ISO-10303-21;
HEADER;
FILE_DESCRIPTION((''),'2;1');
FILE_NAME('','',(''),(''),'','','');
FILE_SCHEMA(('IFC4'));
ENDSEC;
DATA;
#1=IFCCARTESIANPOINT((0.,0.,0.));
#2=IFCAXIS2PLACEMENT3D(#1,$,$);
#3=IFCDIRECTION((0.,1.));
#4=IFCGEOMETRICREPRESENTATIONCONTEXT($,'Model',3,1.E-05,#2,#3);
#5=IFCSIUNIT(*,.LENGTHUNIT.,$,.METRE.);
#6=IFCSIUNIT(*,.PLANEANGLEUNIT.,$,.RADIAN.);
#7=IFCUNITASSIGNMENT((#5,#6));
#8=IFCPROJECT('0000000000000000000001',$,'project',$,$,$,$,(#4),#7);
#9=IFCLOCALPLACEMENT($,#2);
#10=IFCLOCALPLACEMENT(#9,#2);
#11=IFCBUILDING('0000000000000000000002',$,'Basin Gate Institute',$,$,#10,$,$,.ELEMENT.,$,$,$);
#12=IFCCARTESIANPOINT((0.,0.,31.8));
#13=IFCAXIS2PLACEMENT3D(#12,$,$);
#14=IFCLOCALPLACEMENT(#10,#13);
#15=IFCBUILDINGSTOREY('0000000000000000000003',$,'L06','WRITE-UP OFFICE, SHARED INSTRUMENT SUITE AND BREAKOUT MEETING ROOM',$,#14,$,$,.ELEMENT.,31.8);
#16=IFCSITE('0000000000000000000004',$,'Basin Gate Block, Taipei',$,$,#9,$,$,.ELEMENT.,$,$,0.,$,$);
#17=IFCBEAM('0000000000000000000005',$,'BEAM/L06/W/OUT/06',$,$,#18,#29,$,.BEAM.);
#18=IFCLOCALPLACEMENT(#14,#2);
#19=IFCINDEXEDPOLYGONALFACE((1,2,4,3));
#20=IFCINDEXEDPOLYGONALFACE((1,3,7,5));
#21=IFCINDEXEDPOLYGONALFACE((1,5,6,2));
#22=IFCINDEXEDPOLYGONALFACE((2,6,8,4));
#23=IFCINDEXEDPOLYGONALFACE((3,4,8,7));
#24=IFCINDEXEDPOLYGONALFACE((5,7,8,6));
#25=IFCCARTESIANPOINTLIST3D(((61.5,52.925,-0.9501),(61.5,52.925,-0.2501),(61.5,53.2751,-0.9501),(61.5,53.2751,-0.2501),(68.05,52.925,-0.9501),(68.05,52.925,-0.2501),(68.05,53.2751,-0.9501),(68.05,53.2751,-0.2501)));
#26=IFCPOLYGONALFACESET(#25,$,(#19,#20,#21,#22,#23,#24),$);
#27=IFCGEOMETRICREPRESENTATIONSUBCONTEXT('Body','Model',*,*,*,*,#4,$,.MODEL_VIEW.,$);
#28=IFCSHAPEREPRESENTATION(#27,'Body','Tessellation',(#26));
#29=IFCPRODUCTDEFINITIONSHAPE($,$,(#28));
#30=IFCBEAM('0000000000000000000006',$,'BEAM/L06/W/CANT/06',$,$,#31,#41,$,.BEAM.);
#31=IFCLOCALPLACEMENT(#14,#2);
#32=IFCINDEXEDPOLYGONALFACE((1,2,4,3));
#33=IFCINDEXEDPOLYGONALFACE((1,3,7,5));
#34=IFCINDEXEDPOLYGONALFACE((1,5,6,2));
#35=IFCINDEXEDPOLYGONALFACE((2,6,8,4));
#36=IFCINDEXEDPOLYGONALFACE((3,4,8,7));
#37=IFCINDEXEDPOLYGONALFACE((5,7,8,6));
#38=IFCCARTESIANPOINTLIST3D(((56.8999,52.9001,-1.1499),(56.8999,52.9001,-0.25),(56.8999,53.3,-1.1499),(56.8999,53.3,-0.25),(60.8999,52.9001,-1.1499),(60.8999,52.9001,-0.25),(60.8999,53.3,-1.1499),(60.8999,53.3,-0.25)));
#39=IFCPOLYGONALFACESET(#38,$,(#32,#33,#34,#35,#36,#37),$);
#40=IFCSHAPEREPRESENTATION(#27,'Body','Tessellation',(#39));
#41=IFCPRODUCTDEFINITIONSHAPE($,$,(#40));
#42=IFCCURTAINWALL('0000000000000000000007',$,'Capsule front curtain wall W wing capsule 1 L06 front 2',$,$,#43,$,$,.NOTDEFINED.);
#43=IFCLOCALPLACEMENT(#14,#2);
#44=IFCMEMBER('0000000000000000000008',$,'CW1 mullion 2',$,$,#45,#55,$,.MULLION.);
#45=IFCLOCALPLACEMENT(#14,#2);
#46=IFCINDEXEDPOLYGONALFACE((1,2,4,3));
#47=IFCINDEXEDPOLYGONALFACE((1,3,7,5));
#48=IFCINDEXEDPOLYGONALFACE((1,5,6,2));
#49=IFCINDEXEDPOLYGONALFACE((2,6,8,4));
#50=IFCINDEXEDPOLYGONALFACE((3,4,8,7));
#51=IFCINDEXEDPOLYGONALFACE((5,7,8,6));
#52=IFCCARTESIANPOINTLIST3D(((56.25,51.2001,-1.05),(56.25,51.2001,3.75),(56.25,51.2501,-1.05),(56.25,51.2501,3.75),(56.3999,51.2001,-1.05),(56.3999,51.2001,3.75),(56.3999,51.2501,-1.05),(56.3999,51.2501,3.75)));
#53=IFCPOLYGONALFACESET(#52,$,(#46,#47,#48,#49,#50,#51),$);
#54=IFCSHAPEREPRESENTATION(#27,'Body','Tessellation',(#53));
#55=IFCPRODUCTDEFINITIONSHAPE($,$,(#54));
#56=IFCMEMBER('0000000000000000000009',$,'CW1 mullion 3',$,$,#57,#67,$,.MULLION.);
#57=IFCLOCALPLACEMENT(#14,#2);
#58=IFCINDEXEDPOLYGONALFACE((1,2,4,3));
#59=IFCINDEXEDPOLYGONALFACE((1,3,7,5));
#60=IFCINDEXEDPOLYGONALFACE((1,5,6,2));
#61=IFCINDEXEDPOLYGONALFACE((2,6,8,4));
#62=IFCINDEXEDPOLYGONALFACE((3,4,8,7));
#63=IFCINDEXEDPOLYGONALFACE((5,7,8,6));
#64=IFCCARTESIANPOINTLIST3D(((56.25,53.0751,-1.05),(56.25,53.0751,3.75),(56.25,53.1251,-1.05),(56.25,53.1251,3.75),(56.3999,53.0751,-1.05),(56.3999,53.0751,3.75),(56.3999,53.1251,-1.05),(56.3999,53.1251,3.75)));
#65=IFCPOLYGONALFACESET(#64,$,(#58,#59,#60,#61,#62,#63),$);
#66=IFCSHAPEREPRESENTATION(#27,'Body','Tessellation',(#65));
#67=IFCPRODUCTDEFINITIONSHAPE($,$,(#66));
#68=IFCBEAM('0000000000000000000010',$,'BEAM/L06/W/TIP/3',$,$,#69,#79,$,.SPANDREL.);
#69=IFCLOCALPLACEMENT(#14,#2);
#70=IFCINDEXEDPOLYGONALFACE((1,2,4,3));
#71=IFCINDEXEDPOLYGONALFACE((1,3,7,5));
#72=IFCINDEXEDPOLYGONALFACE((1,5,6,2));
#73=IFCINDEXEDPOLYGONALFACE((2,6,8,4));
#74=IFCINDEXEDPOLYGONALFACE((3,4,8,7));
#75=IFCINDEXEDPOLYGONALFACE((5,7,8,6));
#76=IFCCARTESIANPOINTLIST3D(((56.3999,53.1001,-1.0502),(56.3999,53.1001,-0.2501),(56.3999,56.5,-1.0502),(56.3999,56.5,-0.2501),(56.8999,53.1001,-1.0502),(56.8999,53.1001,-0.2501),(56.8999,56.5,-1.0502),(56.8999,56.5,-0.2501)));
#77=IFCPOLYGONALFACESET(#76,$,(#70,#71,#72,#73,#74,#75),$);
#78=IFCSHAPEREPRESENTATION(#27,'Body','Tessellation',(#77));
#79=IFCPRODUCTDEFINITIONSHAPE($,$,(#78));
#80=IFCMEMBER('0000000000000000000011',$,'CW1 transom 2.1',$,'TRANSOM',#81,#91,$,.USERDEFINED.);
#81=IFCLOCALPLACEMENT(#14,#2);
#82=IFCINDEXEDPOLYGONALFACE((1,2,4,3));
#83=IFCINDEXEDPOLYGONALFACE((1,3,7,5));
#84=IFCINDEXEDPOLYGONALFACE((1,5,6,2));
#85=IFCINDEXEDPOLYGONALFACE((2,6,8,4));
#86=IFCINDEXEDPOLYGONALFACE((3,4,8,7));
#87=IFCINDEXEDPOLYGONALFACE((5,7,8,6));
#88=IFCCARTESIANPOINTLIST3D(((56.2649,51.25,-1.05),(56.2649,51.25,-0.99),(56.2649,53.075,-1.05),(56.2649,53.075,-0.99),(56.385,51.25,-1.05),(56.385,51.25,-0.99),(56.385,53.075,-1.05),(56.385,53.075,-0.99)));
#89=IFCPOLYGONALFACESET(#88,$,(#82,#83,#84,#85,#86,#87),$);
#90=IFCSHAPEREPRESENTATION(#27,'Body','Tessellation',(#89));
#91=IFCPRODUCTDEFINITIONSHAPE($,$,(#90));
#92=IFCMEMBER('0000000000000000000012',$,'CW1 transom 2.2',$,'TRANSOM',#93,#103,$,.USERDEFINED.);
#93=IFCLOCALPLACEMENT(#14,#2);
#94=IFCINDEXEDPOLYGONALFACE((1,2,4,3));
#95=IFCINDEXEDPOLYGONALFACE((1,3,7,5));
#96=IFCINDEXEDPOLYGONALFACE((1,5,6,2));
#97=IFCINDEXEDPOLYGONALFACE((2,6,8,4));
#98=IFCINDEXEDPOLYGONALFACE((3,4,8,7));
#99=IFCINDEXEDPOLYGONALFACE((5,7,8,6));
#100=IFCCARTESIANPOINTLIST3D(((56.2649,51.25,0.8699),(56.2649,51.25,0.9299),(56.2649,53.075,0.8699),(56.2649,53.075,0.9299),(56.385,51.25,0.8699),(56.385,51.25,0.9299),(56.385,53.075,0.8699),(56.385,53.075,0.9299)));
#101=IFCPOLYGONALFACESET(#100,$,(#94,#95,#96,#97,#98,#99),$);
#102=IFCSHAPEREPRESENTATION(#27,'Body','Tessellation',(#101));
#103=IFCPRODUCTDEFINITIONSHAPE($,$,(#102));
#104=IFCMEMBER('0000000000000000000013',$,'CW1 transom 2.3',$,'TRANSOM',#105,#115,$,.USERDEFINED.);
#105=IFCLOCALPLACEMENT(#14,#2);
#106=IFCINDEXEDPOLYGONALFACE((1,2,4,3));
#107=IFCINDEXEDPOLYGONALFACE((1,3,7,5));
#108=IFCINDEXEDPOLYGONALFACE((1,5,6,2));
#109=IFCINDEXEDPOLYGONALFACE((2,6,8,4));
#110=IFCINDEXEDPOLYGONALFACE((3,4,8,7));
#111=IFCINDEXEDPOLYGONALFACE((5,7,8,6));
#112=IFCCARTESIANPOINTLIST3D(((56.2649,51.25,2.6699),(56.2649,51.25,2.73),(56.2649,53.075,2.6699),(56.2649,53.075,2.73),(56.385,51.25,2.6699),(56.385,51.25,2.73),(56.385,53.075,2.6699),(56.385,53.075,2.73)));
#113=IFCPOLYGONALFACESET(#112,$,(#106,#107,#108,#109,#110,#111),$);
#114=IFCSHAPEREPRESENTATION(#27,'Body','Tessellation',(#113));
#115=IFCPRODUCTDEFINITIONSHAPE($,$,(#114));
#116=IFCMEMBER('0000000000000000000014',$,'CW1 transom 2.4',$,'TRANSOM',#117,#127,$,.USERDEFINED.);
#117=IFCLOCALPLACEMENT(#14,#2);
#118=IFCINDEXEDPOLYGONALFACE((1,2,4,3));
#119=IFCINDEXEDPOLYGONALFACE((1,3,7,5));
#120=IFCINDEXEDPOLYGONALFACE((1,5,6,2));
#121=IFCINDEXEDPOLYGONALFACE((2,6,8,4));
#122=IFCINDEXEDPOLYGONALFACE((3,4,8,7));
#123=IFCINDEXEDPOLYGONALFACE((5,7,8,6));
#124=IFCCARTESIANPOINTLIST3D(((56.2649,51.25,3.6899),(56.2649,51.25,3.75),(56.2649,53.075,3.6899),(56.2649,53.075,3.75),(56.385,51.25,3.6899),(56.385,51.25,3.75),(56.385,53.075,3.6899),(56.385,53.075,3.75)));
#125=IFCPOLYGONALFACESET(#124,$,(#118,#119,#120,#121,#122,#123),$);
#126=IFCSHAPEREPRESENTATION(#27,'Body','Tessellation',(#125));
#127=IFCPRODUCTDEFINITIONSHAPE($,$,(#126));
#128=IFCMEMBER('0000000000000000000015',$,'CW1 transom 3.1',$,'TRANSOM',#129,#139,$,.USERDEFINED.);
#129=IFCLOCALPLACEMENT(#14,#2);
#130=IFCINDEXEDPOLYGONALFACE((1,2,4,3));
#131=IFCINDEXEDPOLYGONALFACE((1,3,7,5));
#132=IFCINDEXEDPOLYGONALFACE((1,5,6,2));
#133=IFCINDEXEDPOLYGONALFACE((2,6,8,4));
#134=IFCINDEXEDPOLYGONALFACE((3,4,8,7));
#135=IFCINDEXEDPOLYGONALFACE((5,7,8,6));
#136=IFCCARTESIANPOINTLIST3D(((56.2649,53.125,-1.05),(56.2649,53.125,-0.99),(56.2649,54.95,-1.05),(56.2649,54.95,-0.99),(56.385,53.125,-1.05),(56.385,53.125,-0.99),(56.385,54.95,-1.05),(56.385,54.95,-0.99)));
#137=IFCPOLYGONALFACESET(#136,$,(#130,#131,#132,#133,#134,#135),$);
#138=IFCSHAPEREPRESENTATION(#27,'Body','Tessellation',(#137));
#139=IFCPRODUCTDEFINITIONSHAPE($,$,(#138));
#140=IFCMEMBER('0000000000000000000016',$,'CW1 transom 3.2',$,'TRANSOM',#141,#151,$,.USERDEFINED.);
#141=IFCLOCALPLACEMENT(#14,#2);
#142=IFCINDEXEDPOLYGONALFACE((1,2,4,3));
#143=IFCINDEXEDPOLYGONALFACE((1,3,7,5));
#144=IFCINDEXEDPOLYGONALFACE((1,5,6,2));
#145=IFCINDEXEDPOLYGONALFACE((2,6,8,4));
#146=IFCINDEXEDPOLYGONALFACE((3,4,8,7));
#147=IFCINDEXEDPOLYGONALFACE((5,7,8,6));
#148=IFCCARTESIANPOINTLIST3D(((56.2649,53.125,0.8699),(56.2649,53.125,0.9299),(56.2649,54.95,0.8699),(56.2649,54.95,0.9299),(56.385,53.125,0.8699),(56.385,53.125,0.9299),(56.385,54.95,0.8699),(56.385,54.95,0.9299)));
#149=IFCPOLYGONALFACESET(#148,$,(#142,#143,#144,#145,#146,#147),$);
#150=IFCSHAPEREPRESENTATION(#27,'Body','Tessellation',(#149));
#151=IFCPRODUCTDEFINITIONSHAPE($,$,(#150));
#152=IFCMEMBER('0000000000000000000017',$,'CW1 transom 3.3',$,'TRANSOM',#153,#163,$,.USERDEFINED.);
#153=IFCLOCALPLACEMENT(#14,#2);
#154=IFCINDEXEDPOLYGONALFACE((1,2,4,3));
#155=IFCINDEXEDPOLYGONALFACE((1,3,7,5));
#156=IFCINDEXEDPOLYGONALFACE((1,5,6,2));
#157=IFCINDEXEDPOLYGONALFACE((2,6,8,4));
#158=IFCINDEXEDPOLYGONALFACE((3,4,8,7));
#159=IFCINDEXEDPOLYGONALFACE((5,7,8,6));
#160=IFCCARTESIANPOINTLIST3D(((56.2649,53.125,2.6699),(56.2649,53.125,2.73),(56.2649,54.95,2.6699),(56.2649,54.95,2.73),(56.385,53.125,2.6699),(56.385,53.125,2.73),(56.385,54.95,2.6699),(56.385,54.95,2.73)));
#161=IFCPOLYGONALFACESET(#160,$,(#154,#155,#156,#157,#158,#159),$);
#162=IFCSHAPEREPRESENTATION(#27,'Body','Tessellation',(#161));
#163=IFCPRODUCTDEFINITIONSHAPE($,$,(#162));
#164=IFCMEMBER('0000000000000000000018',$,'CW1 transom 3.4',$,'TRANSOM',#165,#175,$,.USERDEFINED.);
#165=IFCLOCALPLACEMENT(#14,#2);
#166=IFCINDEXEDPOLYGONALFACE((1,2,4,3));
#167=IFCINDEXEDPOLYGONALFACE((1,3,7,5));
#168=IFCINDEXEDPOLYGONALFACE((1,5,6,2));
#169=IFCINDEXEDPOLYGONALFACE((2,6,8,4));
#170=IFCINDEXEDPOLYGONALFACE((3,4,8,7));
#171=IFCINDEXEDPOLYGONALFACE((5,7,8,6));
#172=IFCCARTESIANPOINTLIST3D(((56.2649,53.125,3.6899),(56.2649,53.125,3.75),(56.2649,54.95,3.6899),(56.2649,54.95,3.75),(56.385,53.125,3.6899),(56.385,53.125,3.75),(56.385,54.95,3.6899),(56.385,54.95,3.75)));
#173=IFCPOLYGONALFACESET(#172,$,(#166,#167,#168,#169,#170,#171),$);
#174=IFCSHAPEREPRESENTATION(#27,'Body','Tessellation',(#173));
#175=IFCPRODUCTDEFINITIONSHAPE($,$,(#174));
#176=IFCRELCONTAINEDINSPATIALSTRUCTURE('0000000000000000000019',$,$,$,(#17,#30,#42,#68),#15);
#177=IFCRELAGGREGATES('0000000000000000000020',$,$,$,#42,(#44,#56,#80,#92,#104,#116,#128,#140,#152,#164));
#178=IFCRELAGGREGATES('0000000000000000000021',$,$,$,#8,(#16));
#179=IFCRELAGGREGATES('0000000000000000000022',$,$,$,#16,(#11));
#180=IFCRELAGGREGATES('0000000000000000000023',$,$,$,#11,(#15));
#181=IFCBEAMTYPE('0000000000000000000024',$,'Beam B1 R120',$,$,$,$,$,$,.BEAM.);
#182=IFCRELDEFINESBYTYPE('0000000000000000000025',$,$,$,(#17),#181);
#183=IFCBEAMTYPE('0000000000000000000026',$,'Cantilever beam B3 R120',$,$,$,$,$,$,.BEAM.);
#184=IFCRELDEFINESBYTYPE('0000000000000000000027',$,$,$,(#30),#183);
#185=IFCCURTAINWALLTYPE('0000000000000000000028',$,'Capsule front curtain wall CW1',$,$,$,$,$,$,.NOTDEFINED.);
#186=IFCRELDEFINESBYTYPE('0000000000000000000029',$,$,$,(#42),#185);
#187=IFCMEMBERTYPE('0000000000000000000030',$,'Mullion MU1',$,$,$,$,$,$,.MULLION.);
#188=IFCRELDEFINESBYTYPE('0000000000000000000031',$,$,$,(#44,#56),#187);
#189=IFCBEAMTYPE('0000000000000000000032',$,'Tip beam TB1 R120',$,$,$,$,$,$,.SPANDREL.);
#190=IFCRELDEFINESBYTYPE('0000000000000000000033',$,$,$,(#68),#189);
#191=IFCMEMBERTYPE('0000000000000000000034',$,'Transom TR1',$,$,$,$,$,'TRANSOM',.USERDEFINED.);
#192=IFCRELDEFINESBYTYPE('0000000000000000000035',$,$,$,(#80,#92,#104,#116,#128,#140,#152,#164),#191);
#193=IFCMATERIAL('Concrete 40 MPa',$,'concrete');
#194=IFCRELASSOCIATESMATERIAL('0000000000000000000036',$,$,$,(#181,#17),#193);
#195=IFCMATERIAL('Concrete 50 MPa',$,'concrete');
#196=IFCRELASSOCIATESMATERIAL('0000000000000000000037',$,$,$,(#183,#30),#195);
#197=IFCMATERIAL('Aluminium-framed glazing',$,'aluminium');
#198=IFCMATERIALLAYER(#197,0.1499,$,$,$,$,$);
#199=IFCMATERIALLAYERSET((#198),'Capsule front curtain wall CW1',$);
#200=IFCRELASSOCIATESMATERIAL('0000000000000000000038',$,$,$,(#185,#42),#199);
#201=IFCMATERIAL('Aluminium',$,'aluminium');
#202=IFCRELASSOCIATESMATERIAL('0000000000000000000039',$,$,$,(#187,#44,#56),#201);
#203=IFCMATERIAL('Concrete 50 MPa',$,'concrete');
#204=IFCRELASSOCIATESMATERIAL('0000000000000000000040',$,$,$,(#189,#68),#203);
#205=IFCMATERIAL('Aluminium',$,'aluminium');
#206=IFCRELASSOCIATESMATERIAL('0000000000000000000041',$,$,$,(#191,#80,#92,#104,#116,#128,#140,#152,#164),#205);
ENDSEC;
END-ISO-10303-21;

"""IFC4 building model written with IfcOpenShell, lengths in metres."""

from ifc_helpers import new_model, si_unit, direction, frame, origin, origin_2d, place, context, subcontext, project, spatial, rectangle, extrude, material, layer, layer_set, material_profile, profile_set, type_object, element, aggregate, save


model = new_model("IFC4")

# Units and contexts
model_context = context("Model", 3, precision=1e-05, world=origin(), true_north=direction((0.0, 1.0)))
body_context = subcontext(model_context, "Body", "Model", "MODEL_VIEW")
ifc_project = project(units=[si_unit("LENGTHUNIT", "METRE"), si_unit("PLANEANGLEUNIT", "RADIAN")], contexts=[model_context])

# Site, building, storey
site_placement = place(None, origin())
site = spatial("IfcSite", under=ifc_project, at=site_placement, Name="Basin Gate Block, Taipei", CompositionType="ELEMENT", RefElevation=0.0)
building_placement = place(site_placement, origin())
building = spatial("IfcBuilding", under=site, at=building_placement, Name="Basin Gate Institute", CompositionType="ELEMENT")
storey_placement = place(building_placement, frame((0.0, 0.0, 31.8)))
storey = spatial("IfcBuildingStorey", under=building, at=storey_placement, Name="L06", Description="WRITE-UP OFFICE, SHARED INSTRUMENT SUITE AND BREAKOUT MEETING ROOM", CompositionType="ELEMENT", Elevation=31.8)

# Beams
ifc_material_1 = material(Name="Concrete 40 MPa", Category="concrete")
ifc_material_profile_1 = material_profile(ifc_material_1, rectangle(XDim=0.3501, YDim=0.7, at=origin_2d()), Name="Beam B1 350 x 700")
ifc_profile_set_1 = profile_set([ifc_material_profile_1], Name="Concrete 40 MPa")
beam_type_1 = type_object("IfcBeamType", Name="Beam B1 R120", PredefinedType="BEAM", material=ifc_profile_set_1)
beam_1_placement = place(storey_placement, frame((61.5, 53.1001, -0.6001), z_axis=(1.0, 0.0, 0.0), x_axis=(0.0, 1.0, 0.0)))
element("IfcBeam", 1, at=beam_1_placement, inside=storey, type_object=beam_type_1, material=ifc_profile_set_1, Name="BEAM/L06/W/OUT/06", PredefinedType="BEAM", context=body_context, shape_type="SweptSolid", body=[
    extrude(rectangle(XDim=0.3501, YDim=0.7, at=origin_2d()), origin(), (0.0, 0.0, 1.0), 6.55),
])
ifc_material_2 = material(Name="Concrete 50 MPa", Category="concrete")
ifc_material_profile_2 = material_profile(ifc_material_2, rectangle(XDim=0.3999, YDim=0.8999, at=origin_2d()), Name="Cantilever beam B3 400 x 900")
ifc_profile_set_2 = profile_set([ifc_material_profile_2], Name="Concrete 50 MPa")
beam_type_2 = type_object("IfcBeamType", Name="Cantilever beam B3 R120", PredefinedType="BEAM", material=ifc_profile_set_2)
beam_2_placement = place(storey_placement, frame((56.8999, 53.1001, -0.7), z_axis=(1.0, 0.0, 0.0), x_axis=(0.0, 1.0, 0.0)))
element("IfcBeam", 2, at=beam_2_placement, inside=storey, type_object=beam_type_2, material=ifc_profile_set_2, Name="BEAM/L06/W/CANT/06", PredefinedType="BEAM", context=body_context, shape_type="SweptSolid", body=[
    extrude(rectangle(XDim=0.3999, YDim=0.8999, at=origin_2d()), origin(), (0.0, 0.0, 1.0), 4.0),
])

# Curtain wall, members
ifc_material_3 = material(Name="Aluminium-framed glazing", Category="aluminium")
ifc_layer_1 = layer(ifc_material_3, 0.1499)
ifc_layer_set_1 = layer_set([ifc_layer_1], Name="Capsule front curtain wall CW1")
curtain_wall_type = type_object("IfcCurtainWallType", Name="Capsule front curtain wall CW1", PredefinedType="NOTDEFINED", material=ifc_layer_set_1)
curtain_wall_placement = place(storey_placement, origin())
curtain_wall = element("IfcCurtainWall", 3, at=curtain_wall_placement, inside=storey, type_object=curtain_wall_type, material=ifc_layer_set_1, Name="Capsule front curtain wall W wing capsule 1 L06 front 2", PredefinedType="NOTDEFINED")
ifc_material_4 = material(Name="Aluminium", Category="aluminium")
ifc_material_profile_3 = material_profile(ifc_material_4, rectangle(XDim=0.1499, YDim=0.05, at=origin_2d()), Name="Mullion MU1 150 x 50")
ifc_profile_set_3 = profile_set([ifc_material_profile_3], Name="Aluminium")
member_type_1 = type_object("IfcMemberType", Name="Mullion MU1", PredefinedType="MULLION", material=ifc_profile_set_3)
member_1_placement = place(storey_placement, frame((56.325, 51.2251, -1.05), z_axis=(0.0, 0.0, 1.0), x_axis=(-1.0, 0.0, 0.0)))
member_1 = element("IfcMember", 4, at=member_1_placement, type_object=member_type_1, material=ifc_profile_set_3, Name="CW1 mullion 2", PredefinedType="MULLION", context=body_context, shape_type="SweptSolid", body=[
    extrude(rectangle(XDim=0.1499, YDim=0.05, at=origin_2d()), origin(), (0.0, 0.0, 1.0), 4.8),
])
member_2_placement = place(storey_placement, frame((56.325, 53.1001, -1.05), z_axis=(0.0, 0.0, 1.0), x_axis=(-1.0, 0.0, 0.0)))
member_2 = element("IfcMember", 5, at=member_2_placement, type_object=member_type_1, material=ifc_profile_set_3, Name="CW1 mullion 3", PredefinedType="MULLION", context=body_context, shape_type="SweptSolid", body=[
    extrude(rectangle(XDim=0.1499, YDim=0.05, at=origin_2d()), origin(), (0.0, 0.0, 1.0), 4.8),
])

# Beam
ifc_material_5 = material(Name="Concrete 50 MPa", Category="concrete")
ifc_material_profile_4 = material_profile(ifc_material_5, rectangle(XDim=0.5, YDim=0.8, at=origin_2d()), Name="Tip beam TB1 500 x 800")
ifc_profile_set_4 = profile_set([ifc_material_profile_4], Name="Concrete 50 MPa")
beam_type_3 = type_object("IfcBeamType", Name="Tip beam TB1 R120", PredefinedType="SPANDREL", material=ifc_profile_set_4)
beam_3_placement = place(storey_placement, frame((56.6499, 53.1001, -0.6501), z_axis=(0.0, 1.0, 0.0), x_axis=(-1.0, 0.0, 0.0)))
element("IfcBeam", 6, at=beam_3_placement, inside=storey, type_object=beam_type_3, material=ifc_profile_set_4, Name="BEAM/L06/W/TIP/3", PredefinedType="SPANDREL", context=body_context, shape_type="SweptSolid", body=[
    extrude(rectangle(XDim=0.5, YDim=0.8, at=origin_2d()), origin(), (0.0, 0.0, 1.0), 3.3999),
])

# Members
ifc_material_6 = material(Name="Aluminium", Category="aluminium")
ifc_material_profile_5 = material_profile(ifc_material_6, rectangle(XDim=0.1201, YDim=0.0601, at=origin_2d()), Name="Transom TR1 120 x 60")
ifc_profile_set_5 = profile_set([ifc_material_profile_5], Name="Aluminium")
member_type_2 = type_object("IfcMemberType", Name="Transom TR1", ElementType="TRANSOM", PredefinedType="USERDEFINED", material=ifc_profile_set_5)
member_3_placement = place(storey_placement, frame((56.325, 51.25, -1.02), z_axis=(0.0, 1.0, 0.0), x_axis=(-1.0, 0.0, 0.0)))
member_3 = element("IfcMember", 7, at=member_3_placement, type_object=member_type_2, material=ifc_profile_set_5, Name="CW1 transom 2.1", ObjectType="TRANSOM", PredefinedType="USERDEFINED", context=body_context, shape_type="SweptSolid", body=[
    extrude(rectangle(XDim=0.1201, YDim=0.0601, at=origin_2d()), origin(), (0.0, 0.0, 1.0), 1.825),
])
member_4_placement = place(storey_placement, frame((56.325, 51.25, 0.8999), z_axis=(0.0, 1.0, 0.0), x_axis=(-1.0, 0.0, 0.0)))
member_4 = element("IfcMember", 8, at=member_4_placement, type_object=member_type_2, material=ifc_profile_set_5, Name="CW1 transom 2.2", ObjectType="TRANSOM", PredefinedType="USERDEFINED", context=body_context, shape_type="SweptSolid", body=[
    extrude(rectangle(XDim=0.1201, YDim=0.0601, at=origin_2d()), origin(), (0.0, 0.0, 1.0), 1.825),
])
member_5_placement = place(storey_placement, frame((56.325, 51.25, 2.7), z_axis=(0.0, 1.0, 0.0), x_axis=(-1.0, 0.0, 0.0)))
member_5 = element("IfcMember", 9, at=member_5_placement, type_object=member_type_2, material=ifc_profile_set_5, Name="CW1 transom 2.3", ObjectType="TRANSOM", PredefinedType="USERDEFINED", context=body_context, shape_type="SweptSolid", body=[
    extrude(rectangle(XDim=0.1201, YDim=0.0601, at=origin_2d()), origin(), (0.0, 0.0, 1.0), 1.825),
])
member_6_placement = place(storey_placement, frame((56.325, 51.25, 3.72), z_axis=(0.0, 1.0, 0.0), x_axis=(-1.0, 0.0, 0.0)))
member_6 = element("IfcMember", 10, at=member_6_placement, type_object=member_type_2, material=ifc_profile_set_5, Name="CW1 transom 2.4", ObjectType="TRANSOM", PredefinedType="USERDEFINED", context=body_context, shape_type="SweptSolid", body=[
    extrude(rectangle(XDim=0.1201, YDim=0.0601, at=origin_2d()), origin(), (0.0, 0.0, 1.0), 1.825),
])
member_7_placement = place(storey_placement, frame((56.325, 53.125, -1.02), z_axis=(0.0, 1.0, 0.0), x_axis=(-1.0, 0.0, 0.0)))
member_7 = element("IfcMember", 11, at=member_7_placement, type_object=member_type_2, material=ifc_profile_set_5, Name="CW1 transom 3.1", ObjectType="TRANSOM", PredefinedType="USERDEFINED", context=body_context, shape_type="SweptSolid", body=[
    extrude(rectangle(XDim=0.1201, YDim=0.0601, at=origin_2d()), origin(), (0.0, 0.0, 1.0), 1.825),
])
member_8_placement = place(storey_placement, frame((56.325, 53.125, 0.8999), z_axis=(0.0, 1.0, 0.0), x_axis=(-1.0, 0.0, 0.0)))
member_8 = element("IfcMember", 12, at=member_8_placement, type_object=member_type_2, material=ifc_profile_set_5, Name="CW1 transom 3.2", ObjectType="TRANSOM", PredefinedType="USERDEFINED", context=body_context, shape_type="SweptSolid", body=[
    extrude(rectangle(XDim=0.1201, YDim=0.0601, at=origin_2d()), origin(), (0.0, 0.0, 1.0), 1.825),
])
member_9_placement = place(storey_placement, frame((56.325, 53.125, 2.7), z_axis=(0.0, 1.0, 0.0), x_axis=(-1.0, 0.0, 0.0)))
member_9 = element("IfcMember", 13, at=member_9_placement, type_object=member_type_2, material=ifc_profile_set_5, Name="CW1 transom 3.3", ObjectType="TRANSOM", PredefinedType="USERDEFINED", context=body_context, shape_type="SweptSolid", body=[
    extrude(rectangle(XDim=0.1201, YDim=0.0601, at=origin_2d()), origin(), (0.0, 0.0, 1.0), 1.825),
])
member_10_placement = place(storey_placement, frame((56.325, 53.125, 3.72), z_axis=(0.0, 1.0, 0.0), x_axis=(-1.0, 0.0, 0.0)))
member_10 = element("IfcMember", 14, at=member_10_placement, type_object=member_type_2, material=ifc_profile_set_5, Name="CW1 transom 3.4", ObjectType="TRANSOM", PredefinedType="USERDEFINED", context=body_context, shape_type="SweptSolid", body=[
    extrude(rectangle(XDim=0.1201, YDim=0.0601, at=origin_2d()), origin(), (0.0, 0.0, 1.0), 1.825),
])

aggregate(curtain_wall, [member_1, member_2, member_3, member_4, member_5, member_6, member_7, member_8, member_9, member_10])

save(model, "model.ifc")
